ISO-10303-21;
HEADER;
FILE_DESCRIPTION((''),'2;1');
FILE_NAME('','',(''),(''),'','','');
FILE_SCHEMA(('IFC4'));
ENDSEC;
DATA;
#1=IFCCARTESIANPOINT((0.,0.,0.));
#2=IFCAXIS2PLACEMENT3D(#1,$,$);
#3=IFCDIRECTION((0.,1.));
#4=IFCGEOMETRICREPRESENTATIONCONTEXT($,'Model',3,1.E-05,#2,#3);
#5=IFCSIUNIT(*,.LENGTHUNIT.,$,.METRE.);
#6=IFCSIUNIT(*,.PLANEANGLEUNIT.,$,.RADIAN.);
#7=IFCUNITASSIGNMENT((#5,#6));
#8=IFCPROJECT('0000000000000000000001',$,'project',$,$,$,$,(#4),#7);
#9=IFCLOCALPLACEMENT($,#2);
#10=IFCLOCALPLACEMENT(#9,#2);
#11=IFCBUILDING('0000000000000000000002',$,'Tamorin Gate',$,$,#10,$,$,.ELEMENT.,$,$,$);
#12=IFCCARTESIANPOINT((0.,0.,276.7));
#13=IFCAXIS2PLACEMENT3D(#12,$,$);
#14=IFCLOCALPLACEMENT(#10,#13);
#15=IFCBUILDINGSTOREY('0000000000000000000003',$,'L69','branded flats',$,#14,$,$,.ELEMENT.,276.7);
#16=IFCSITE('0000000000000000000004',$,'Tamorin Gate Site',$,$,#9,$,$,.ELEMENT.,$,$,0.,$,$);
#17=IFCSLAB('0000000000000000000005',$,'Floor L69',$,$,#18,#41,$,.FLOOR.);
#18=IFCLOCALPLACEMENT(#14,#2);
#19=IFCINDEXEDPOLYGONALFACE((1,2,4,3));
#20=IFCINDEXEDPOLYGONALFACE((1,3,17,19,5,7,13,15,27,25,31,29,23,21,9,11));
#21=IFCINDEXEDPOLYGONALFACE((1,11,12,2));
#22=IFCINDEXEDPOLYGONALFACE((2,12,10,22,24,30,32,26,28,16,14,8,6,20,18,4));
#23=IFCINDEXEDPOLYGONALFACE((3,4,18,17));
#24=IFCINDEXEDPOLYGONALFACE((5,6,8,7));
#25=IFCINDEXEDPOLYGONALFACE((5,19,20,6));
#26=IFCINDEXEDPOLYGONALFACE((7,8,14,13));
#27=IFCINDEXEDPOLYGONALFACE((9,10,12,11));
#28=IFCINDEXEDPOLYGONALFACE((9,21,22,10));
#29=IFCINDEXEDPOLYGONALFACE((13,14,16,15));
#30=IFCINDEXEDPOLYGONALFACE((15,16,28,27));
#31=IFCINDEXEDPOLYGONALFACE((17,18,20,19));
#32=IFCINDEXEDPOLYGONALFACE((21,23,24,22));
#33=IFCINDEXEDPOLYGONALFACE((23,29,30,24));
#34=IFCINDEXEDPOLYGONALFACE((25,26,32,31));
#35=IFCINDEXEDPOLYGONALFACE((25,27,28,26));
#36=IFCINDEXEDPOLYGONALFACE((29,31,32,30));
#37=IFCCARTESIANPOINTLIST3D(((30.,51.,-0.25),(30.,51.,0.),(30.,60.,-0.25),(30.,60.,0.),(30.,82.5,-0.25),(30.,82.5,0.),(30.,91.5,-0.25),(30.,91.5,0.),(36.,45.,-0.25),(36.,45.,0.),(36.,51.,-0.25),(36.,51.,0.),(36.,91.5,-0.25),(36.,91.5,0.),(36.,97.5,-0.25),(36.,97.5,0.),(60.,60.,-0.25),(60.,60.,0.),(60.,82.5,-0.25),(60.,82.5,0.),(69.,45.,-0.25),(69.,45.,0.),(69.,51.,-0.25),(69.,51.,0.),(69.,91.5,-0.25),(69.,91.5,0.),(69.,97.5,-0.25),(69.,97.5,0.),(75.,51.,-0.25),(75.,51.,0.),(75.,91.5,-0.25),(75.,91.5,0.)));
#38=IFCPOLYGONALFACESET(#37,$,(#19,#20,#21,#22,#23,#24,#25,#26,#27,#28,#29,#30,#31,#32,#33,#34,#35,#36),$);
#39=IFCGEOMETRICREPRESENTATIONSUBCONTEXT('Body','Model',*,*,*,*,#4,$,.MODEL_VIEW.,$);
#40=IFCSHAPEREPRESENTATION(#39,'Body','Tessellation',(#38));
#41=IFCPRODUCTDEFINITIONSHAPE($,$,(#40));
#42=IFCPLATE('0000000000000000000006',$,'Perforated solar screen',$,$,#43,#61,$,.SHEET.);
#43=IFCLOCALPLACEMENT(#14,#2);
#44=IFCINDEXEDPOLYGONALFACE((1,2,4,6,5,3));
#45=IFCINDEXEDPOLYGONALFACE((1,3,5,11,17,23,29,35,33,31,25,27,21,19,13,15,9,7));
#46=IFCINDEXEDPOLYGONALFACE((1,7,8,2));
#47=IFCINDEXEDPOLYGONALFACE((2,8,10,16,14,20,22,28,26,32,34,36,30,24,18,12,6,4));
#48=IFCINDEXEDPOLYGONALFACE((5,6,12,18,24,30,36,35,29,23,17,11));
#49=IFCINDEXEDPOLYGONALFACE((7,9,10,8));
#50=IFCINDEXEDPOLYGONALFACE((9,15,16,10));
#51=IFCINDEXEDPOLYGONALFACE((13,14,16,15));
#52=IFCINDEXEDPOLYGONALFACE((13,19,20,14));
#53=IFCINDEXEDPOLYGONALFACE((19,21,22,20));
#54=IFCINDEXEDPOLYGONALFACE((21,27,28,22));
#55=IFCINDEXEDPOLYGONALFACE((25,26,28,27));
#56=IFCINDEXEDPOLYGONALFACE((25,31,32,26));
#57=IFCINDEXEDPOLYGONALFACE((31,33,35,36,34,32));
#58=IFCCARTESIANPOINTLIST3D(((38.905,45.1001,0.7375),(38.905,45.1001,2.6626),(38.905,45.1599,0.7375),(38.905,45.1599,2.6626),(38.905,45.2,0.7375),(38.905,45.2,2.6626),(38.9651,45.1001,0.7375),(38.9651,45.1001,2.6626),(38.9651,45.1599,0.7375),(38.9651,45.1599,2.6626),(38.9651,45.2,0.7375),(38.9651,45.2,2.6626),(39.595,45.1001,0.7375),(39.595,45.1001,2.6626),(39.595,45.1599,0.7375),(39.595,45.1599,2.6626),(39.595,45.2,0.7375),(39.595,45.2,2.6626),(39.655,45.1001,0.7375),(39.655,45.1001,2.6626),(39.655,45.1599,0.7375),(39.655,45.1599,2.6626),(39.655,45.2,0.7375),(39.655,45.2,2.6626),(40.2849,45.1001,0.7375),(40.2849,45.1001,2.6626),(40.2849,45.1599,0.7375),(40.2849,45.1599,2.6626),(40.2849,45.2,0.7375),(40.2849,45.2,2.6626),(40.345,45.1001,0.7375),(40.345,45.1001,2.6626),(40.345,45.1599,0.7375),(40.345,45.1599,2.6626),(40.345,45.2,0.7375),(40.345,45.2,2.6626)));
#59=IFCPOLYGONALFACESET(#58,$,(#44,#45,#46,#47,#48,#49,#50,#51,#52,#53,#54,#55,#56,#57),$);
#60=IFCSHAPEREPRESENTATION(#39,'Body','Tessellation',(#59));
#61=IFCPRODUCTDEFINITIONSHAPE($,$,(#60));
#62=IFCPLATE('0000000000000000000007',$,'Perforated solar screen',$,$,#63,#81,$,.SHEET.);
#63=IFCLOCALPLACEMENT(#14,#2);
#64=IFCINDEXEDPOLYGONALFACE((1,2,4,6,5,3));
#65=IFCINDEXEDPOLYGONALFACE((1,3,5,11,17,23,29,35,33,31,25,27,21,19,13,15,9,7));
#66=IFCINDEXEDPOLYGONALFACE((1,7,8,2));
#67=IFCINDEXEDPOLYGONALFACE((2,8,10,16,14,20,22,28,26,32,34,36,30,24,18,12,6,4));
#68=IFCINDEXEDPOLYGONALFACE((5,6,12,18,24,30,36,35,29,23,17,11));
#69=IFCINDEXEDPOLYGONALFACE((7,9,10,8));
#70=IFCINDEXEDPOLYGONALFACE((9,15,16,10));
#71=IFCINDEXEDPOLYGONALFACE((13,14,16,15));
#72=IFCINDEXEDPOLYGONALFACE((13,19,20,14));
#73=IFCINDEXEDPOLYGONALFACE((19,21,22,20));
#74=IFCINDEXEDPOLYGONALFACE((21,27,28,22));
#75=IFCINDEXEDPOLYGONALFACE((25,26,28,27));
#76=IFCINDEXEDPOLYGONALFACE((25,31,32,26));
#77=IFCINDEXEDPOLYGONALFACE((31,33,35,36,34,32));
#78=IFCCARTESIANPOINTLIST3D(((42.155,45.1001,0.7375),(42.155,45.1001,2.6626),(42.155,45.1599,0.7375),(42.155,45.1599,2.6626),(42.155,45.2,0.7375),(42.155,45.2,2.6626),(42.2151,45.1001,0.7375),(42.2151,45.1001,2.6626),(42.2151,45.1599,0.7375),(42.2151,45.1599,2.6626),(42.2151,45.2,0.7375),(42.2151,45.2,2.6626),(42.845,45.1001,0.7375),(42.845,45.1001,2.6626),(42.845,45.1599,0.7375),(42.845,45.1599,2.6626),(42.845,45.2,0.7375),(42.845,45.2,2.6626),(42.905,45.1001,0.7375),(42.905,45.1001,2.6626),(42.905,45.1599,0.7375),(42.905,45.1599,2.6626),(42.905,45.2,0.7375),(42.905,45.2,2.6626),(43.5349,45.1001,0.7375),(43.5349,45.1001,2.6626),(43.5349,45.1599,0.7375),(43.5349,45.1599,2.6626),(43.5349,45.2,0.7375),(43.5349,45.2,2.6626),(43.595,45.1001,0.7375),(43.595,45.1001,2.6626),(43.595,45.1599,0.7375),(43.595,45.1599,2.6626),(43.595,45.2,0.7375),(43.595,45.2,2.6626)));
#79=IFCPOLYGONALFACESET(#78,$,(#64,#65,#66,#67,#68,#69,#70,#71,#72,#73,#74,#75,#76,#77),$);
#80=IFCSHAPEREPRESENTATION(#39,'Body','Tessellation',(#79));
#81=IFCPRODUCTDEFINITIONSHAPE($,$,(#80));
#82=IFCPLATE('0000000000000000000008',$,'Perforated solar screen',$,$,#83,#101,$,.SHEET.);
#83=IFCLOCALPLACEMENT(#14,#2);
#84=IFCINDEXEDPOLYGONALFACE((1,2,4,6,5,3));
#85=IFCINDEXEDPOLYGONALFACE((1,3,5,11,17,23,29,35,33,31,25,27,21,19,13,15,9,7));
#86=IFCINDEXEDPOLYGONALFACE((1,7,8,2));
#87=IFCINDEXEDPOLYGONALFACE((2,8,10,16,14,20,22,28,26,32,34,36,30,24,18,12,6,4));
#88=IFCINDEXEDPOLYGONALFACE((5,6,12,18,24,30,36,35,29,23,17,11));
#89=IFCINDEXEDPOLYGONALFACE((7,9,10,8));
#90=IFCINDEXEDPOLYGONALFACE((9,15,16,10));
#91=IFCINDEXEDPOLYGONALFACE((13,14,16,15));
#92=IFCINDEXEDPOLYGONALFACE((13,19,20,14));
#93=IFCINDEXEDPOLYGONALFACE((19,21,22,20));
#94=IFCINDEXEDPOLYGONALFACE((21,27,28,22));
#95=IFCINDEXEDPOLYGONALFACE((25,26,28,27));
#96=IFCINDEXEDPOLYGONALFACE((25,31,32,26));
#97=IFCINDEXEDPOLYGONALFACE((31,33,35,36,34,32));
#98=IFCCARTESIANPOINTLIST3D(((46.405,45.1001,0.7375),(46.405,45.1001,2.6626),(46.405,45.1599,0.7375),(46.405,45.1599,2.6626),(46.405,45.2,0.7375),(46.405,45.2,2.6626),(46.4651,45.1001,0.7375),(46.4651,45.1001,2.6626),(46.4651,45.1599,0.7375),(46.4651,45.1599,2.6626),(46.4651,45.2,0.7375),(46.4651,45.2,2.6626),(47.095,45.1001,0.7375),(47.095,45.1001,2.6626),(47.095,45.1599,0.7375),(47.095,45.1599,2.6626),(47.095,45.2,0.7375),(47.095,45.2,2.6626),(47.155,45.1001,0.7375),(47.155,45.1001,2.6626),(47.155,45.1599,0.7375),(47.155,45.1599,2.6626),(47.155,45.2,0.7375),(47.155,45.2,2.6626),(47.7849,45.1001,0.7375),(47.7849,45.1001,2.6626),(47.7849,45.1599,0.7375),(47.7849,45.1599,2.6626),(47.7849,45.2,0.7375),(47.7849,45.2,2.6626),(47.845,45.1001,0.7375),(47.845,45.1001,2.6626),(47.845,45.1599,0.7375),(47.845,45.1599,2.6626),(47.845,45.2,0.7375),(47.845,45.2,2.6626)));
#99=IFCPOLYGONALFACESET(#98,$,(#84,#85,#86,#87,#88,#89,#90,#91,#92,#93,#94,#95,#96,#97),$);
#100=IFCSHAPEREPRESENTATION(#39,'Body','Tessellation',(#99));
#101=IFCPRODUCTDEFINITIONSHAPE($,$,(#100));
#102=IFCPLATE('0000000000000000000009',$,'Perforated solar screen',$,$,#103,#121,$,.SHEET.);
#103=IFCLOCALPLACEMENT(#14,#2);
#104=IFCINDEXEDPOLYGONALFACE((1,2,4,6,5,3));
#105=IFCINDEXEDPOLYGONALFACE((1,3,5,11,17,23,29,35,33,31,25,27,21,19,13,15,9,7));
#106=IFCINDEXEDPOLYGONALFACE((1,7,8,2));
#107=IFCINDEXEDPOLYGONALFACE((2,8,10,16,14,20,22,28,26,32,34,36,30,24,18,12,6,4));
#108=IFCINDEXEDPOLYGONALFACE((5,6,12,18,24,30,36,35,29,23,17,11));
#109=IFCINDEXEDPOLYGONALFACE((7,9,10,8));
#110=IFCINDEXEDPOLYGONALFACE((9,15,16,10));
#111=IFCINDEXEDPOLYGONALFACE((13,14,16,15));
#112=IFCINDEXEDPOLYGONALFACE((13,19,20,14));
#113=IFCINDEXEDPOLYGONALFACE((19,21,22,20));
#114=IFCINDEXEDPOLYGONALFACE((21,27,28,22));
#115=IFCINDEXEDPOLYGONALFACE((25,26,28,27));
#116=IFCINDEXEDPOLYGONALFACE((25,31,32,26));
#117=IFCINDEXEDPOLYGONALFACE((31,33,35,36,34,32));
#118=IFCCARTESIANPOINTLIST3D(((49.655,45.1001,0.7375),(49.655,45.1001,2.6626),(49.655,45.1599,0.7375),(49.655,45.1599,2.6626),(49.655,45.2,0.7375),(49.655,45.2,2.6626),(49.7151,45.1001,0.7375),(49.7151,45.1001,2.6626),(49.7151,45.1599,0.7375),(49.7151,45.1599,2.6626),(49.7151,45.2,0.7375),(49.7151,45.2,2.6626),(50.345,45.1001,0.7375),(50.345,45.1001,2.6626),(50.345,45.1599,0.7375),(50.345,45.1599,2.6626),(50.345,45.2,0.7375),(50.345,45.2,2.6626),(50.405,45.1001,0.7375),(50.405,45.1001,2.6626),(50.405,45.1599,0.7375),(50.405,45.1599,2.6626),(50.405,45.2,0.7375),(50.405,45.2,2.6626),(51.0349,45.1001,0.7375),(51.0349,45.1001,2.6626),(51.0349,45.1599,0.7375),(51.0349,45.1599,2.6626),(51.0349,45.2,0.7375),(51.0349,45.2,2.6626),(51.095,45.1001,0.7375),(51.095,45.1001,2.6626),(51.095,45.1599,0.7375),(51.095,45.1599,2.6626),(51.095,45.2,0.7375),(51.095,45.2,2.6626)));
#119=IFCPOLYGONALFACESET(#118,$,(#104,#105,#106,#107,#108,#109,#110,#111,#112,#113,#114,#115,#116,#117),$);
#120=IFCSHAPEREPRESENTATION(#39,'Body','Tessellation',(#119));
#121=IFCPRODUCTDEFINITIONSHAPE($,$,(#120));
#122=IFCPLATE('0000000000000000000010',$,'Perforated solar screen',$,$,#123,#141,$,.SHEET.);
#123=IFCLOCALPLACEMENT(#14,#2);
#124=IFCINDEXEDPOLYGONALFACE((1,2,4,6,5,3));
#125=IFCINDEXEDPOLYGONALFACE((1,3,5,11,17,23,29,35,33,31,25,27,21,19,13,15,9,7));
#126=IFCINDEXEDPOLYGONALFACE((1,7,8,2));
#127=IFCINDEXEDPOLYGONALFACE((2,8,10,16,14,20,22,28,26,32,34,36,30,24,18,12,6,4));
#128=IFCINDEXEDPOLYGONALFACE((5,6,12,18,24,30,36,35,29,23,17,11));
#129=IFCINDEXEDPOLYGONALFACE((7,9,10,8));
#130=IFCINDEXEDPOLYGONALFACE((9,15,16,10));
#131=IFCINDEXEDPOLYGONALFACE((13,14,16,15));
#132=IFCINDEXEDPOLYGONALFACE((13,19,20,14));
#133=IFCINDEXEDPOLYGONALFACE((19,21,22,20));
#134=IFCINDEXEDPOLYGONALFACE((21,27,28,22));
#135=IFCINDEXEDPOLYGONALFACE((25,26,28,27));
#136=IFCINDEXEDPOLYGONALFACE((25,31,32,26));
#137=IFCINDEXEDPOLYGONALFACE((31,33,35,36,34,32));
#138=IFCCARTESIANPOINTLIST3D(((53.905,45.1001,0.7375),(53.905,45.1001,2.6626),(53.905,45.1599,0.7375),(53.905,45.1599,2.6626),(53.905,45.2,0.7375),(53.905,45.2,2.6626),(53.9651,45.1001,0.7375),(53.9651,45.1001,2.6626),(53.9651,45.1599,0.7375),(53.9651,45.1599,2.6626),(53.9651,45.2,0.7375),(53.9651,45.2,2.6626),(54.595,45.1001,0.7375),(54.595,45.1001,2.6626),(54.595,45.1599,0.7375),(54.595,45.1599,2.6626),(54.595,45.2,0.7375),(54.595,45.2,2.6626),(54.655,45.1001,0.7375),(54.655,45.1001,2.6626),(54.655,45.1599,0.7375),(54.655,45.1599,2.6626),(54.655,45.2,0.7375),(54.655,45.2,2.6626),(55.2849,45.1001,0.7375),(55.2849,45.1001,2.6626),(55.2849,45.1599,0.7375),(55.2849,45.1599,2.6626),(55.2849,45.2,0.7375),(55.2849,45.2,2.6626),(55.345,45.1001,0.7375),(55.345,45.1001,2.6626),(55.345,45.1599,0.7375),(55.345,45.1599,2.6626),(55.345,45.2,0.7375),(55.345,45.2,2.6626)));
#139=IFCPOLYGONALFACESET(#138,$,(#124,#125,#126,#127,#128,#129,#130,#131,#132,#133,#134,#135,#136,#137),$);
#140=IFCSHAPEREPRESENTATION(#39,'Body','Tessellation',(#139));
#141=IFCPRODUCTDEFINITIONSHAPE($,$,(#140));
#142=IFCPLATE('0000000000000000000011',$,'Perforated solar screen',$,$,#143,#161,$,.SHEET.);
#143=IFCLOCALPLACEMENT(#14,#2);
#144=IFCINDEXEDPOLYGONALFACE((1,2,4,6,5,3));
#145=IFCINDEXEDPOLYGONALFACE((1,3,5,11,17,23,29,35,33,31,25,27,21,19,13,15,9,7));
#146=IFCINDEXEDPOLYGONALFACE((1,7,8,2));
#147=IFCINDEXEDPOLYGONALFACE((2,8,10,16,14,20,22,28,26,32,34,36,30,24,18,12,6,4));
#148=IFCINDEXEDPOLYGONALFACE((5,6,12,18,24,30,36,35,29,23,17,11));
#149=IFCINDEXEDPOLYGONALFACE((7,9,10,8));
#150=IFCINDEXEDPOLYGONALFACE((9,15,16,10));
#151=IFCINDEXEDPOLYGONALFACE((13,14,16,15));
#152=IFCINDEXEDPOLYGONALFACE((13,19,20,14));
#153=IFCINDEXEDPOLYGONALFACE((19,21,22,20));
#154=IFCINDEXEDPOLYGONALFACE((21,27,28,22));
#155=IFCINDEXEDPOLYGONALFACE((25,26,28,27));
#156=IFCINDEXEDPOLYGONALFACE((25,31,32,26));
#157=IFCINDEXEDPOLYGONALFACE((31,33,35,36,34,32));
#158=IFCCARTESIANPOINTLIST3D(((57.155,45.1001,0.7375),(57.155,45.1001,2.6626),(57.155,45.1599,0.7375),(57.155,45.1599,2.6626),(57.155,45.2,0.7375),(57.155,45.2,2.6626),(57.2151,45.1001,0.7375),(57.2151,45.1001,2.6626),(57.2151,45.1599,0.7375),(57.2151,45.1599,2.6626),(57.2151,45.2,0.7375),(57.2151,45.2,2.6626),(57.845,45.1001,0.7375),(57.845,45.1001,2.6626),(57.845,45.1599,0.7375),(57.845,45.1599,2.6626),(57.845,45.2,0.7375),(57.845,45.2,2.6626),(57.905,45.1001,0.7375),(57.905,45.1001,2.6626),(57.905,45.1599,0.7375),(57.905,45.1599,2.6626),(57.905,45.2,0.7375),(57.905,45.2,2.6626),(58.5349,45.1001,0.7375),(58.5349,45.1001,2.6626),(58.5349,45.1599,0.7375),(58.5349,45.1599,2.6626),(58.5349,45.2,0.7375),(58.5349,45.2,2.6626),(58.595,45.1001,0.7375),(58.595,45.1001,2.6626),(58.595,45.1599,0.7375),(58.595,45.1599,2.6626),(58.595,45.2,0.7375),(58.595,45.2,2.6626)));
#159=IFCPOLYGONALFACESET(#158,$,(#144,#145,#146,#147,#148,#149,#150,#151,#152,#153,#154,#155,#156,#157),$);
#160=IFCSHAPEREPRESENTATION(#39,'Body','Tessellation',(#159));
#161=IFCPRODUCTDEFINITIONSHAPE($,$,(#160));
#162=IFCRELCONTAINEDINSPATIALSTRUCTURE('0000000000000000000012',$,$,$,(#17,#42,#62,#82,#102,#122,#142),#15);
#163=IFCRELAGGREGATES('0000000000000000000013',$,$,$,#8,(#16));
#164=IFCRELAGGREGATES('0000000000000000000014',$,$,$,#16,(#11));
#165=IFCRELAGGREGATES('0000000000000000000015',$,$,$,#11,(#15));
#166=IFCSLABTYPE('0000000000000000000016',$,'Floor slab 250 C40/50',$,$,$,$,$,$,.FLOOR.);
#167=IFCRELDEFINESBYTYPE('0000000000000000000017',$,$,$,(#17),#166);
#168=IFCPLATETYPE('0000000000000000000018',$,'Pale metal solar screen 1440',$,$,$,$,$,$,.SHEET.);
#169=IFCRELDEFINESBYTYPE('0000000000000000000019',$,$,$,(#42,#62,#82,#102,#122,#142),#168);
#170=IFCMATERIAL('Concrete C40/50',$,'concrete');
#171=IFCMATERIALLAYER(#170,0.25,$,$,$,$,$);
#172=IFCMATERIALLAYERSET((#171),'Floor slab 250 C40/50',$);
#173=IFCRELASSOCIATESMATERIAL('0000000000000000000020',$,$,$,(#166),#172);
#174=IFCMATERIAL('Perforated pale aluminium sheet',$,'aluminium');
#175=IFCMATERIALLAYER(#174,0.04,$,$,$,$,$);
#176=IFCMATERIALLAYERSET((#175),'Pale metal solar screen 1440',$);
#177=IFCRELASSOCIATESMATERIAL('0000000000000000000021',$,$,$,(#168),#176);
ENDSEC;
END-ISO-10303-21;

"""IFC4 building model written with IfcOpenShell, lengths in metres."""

from ifc_helpers import new_model, si_unit, direction, frame, origin, place, context, subcontext, project, spatial, polyline, outline, extrude, material, layer, layer_set, type_object, element, save


model = new_model("IFC4")

# Units and contexts
model_context = context("Model", 3, precision=1e-05, world=origin(), true_north=direction((0.0, 1.0)))
body_context = subcontext(model_context, "Body", "Model", "MODEL_VIEW")
ifc_project = project(units=[si_unit("LENGTHUNIT", "METRE"), si_unit("PLANEANGLEUNIT", "RADIAN")], contexts=[model_context])

# Site, building, storey
site_placement = place(None, origin())
site = spatial("IfcSite", under=ifc_project, at=site_placement, Name="Tamorin Gate Site", CompositionType="ELEMENT", RefElevation=0.0)
building_placement = place(site_placement, origin())
building = spatial("IfcBuilding", under=site, at=building_placement, Name="Tamorin Gate", CompositionType="ELEMENT")
storey_placement = place(building_placement, frame((0.0, 0.0, 276.7)))
storey = spatial("IfcBuildingStorey", under=building, at=storey_placement, Name="L69", Description="branded flats", CompositionType="ELEMENT", Elevation=276.7)

# Slab
ifc_material_1 = material(Name="Concrete C40/50", Category="concrete")
ifc_layer_1 = layer(ifc_material_1, 0.25)
ifc_layer_set_1 = layer_set([ifc_layer_1], Name="Floor slab 250 C40/50")
slab_type = type_object("IfcSlabType", Name="Floor slab 250 C40/50", PredefinedType="FLOOR", material=ifc_layer_set_1)
slab_placement = place(storey_placement, frame((0.0, 0.0, -0.25)))
element("IfcSlab", 1, at=slab_placement, inside=storey, type_object=slab_type, Name="Floor L69", PredefinedType="FLOOR", context=body_context, shape_type="SweptSolid", body=[
    extrude(outline(polyline([(30.0, 91.5), (36.0, 91.5), (36.0, 97.5), (69.0, 97.5), (69.0, 91.5), (75.0, 91.5), (75.0, 51.0), (69.0, 51.0), (69.0, 45.0), (36.0, 45.0), (36.0, 51.0), (30.0, 51.0), (30.0, 60.0), (60.0, 60.0), (60.0, 82.5), (30.0, 82.5), (30.0, 91.5)])), origin(), (0.0, 0.0, 1.0), 0.25),
])

# Plates
ifc_material_2 = material(Name="Perforated pale aluminium sheet", Category="aluminium")
ifc_layer_2 = layer(ifc_material_2, 0.04)
ifc_layer_set_2 = layer_set([ifc_layer_2], Name="Pale metal solar screen 1440")
plate_type = type_object("IfcPlateType", Name="Pale metal solar screen 1440", PredefinedType="SHEET", material=ifc_layer_set_2)
plate_1_placement = place(storey_placement, frame((0.0, 0.0, 0.7375)))
element("IfcPlate", 2, at=plate_1_placement, inside=storey, type_object=plate_type, Name="Perforated solar screen", PredefinedType="SHEET", context=body_context, shape_type="SweptSolid", body=[
    extrude(outline(polyline([(38.905, 45.1599), (38.905, 45.2), (38.9651, 45.2), (39.595, 45.2), (39.655, 45.2), (40.2849, 45.2), (40.345, 45.2), (40.345, 45.2), (40.345, 45.1599), (40.345, 45.1599), (40.345, 45.1001), (40.2849, 45.1001), (40.2849, 45.1599), (39.655, 45.1599), (39.655, 45.1001), (39.595, 45.1001), (39.595, 45.1599), (38.9651, 45.1599), (38.9651, 45.1001), (38.905, 45.1001), (38.905, 45.1599)])), origin(), (0.0, 0.0, 1.0), 1.925),
])
plate_2_placement = place(storey_placement, frame((0.0, 0.0, 0.7375)))
element("IfcPlate", 3, at=plate_2_placement, inside=storey, type_object=plate_type, Name="Perforated solar screen", PredefinedType="SHEET", context=body_context, shape_type="SweptSolid", body=[
    extrude(outline(polyline([(42.155, 45.1599), (42.155, 45.2), (42.2151, 45.2), (42.845, 45.2), (42.905, 45.2), (43.5349, 45.2), (43.595, 45.2), (43.595, 45.2), (43.595, 45.1599), (43.595, 45.1599), (43.595, 45.1001), (43.5349, 45.1001), (43.5349, 45.1599), (42.905, 45.1599), (42.905, 45.1001), (42.845, 45.1001), (42.845, 45.1599), (42.2151, 45.1599), (42.2151, 45.1001), (42.155, 45.1001), (42.155, 45.1599)])), origin(), (0.0, 0.0, 1.0), 1.925),
])
plate_3_placement = place(storey_placement, frame((0.0, 0.0, 0.7375)))
element("IfcPlate", 4, at=plate_3_placement, inside=storey, type_object=plate_type, Name="Perforated solar screen", PredefinedType="SHEET", context=body_context, shape_type="SweptSolid", body=[
    extrude(outline(polyline([(46.405, 45.1599), (46.405, 45.2), (46.4651, 45.2), (47.095, 45.2), (47.155, 45.2), (47.7849, 45.2), (47.845, 45.2), (47.845, 45.1599), (47.845, 45.1001), (47.7849, 45.1001), (47.7849, 45.1599), (47.155, 45.1599), (47.155, 45.1001), (47.095, 45.1001), (47.095, 45.1599), (46.4651, 45.1599), (46.4651, 45.1001), (46.405, 45.1001), (46.405, 45.1599)])), origin(), (0.0, 0.0, 1.0), 1.925),
])
plate_4_placement = place(storey_placement, frame((0.0, 0.0, 0.7375)))
element("IfcPlate", 5, at=plate_4_placement, inside=storey, type_object=plate_type, Name="Perforated solar screen", PredefinedType="SHEET", context=body_context, shape_type="SweptSolid", body=[
    extrude(outline(polyline([(49.655, 45.1599), (49.655, 45.2), (49.7151, 45.2), (50.345, 45.2), (50.405, 45.2), (51.0349, 45.2), (51.095, 45.2), (51.095, 45.1599), (51.095, 45.1001), (51.0349, 45.1001), (51.0349, 45.1599), (50.405, 45.1599), (50.405, 45.1001), (50.345, 45.1001), (50.345, 45.1599), (49.7151, 45.1599), (49.7151, 45.1001), (49.655, 45.1001), (49.655, 45.1599)])), origin(), (0.0, 0.0, 1.0), 1.925),
])
plate_5_placement = place(storey_placement, frame((0.0, 0.0, 0.7375)))
element("IfcPlate", 6, at=plate_5_placement, inside=storey, type_object=plate_type, Name="Perforated solar screen", PredefinedType="SHEET", context=body_context, shape_type="SweptSolid", body=[
    extrude(outline(polyline([(53.905, 45.1599), (53.905, 45.2), (53.9651, 45.2), (54.595, 45.2), (54.655, 45.2), (55.2849, 45.2), (55.345, 45.2), (55.345, 45.1599), (55.345, 45.1001), (55.2849, 45.1001), (55.2849, 45.1599), (54.655, 45.1599), (54.655, 45.1001), (54.595, 45.1001), (54.595, 45.1599), (53.9651, 45.1599), (53.9651, 45.1001), (53.905, 45.1001), (53.905, 45.1599)])), origin(), (0.0, 0.0, 1.0), 1.925),
])
plate_6_placement = place(storey_placement, frame((0.0, 0.0, 0.7375)))
element("IfcPlate", 7, at=plate_6_placement, inside=storey, type_object=plate_type, Name="Perforated solar screen", PredefinedType="SHEET", context=body_context, shape_type="SweptSolid", body=[
    extrude(outline(polyline([(57.155, 45.1599), (57.155, 45.2), (57.2151, 45.2), (57.845, 45.2), (57.905, 45.2), (58.5349, 45.2), (58.595, 45.2), (58.595, 45.1599), (58.595, 45.1001), (58.5349, 45.1001), (58.5349, 45.1599), (57.905, 45.1599), (57.905, 45.1001), (57.845, 45.1001), (57.845, 45.1599), (57.2151, 45.1599), (57.2151, 45.1001), (57.155, 45.1001), (57.155, 45.1599)])), origin(), (0.0, 0.0, 1.0), 1.925),
])

save(model, "model.ifc")
